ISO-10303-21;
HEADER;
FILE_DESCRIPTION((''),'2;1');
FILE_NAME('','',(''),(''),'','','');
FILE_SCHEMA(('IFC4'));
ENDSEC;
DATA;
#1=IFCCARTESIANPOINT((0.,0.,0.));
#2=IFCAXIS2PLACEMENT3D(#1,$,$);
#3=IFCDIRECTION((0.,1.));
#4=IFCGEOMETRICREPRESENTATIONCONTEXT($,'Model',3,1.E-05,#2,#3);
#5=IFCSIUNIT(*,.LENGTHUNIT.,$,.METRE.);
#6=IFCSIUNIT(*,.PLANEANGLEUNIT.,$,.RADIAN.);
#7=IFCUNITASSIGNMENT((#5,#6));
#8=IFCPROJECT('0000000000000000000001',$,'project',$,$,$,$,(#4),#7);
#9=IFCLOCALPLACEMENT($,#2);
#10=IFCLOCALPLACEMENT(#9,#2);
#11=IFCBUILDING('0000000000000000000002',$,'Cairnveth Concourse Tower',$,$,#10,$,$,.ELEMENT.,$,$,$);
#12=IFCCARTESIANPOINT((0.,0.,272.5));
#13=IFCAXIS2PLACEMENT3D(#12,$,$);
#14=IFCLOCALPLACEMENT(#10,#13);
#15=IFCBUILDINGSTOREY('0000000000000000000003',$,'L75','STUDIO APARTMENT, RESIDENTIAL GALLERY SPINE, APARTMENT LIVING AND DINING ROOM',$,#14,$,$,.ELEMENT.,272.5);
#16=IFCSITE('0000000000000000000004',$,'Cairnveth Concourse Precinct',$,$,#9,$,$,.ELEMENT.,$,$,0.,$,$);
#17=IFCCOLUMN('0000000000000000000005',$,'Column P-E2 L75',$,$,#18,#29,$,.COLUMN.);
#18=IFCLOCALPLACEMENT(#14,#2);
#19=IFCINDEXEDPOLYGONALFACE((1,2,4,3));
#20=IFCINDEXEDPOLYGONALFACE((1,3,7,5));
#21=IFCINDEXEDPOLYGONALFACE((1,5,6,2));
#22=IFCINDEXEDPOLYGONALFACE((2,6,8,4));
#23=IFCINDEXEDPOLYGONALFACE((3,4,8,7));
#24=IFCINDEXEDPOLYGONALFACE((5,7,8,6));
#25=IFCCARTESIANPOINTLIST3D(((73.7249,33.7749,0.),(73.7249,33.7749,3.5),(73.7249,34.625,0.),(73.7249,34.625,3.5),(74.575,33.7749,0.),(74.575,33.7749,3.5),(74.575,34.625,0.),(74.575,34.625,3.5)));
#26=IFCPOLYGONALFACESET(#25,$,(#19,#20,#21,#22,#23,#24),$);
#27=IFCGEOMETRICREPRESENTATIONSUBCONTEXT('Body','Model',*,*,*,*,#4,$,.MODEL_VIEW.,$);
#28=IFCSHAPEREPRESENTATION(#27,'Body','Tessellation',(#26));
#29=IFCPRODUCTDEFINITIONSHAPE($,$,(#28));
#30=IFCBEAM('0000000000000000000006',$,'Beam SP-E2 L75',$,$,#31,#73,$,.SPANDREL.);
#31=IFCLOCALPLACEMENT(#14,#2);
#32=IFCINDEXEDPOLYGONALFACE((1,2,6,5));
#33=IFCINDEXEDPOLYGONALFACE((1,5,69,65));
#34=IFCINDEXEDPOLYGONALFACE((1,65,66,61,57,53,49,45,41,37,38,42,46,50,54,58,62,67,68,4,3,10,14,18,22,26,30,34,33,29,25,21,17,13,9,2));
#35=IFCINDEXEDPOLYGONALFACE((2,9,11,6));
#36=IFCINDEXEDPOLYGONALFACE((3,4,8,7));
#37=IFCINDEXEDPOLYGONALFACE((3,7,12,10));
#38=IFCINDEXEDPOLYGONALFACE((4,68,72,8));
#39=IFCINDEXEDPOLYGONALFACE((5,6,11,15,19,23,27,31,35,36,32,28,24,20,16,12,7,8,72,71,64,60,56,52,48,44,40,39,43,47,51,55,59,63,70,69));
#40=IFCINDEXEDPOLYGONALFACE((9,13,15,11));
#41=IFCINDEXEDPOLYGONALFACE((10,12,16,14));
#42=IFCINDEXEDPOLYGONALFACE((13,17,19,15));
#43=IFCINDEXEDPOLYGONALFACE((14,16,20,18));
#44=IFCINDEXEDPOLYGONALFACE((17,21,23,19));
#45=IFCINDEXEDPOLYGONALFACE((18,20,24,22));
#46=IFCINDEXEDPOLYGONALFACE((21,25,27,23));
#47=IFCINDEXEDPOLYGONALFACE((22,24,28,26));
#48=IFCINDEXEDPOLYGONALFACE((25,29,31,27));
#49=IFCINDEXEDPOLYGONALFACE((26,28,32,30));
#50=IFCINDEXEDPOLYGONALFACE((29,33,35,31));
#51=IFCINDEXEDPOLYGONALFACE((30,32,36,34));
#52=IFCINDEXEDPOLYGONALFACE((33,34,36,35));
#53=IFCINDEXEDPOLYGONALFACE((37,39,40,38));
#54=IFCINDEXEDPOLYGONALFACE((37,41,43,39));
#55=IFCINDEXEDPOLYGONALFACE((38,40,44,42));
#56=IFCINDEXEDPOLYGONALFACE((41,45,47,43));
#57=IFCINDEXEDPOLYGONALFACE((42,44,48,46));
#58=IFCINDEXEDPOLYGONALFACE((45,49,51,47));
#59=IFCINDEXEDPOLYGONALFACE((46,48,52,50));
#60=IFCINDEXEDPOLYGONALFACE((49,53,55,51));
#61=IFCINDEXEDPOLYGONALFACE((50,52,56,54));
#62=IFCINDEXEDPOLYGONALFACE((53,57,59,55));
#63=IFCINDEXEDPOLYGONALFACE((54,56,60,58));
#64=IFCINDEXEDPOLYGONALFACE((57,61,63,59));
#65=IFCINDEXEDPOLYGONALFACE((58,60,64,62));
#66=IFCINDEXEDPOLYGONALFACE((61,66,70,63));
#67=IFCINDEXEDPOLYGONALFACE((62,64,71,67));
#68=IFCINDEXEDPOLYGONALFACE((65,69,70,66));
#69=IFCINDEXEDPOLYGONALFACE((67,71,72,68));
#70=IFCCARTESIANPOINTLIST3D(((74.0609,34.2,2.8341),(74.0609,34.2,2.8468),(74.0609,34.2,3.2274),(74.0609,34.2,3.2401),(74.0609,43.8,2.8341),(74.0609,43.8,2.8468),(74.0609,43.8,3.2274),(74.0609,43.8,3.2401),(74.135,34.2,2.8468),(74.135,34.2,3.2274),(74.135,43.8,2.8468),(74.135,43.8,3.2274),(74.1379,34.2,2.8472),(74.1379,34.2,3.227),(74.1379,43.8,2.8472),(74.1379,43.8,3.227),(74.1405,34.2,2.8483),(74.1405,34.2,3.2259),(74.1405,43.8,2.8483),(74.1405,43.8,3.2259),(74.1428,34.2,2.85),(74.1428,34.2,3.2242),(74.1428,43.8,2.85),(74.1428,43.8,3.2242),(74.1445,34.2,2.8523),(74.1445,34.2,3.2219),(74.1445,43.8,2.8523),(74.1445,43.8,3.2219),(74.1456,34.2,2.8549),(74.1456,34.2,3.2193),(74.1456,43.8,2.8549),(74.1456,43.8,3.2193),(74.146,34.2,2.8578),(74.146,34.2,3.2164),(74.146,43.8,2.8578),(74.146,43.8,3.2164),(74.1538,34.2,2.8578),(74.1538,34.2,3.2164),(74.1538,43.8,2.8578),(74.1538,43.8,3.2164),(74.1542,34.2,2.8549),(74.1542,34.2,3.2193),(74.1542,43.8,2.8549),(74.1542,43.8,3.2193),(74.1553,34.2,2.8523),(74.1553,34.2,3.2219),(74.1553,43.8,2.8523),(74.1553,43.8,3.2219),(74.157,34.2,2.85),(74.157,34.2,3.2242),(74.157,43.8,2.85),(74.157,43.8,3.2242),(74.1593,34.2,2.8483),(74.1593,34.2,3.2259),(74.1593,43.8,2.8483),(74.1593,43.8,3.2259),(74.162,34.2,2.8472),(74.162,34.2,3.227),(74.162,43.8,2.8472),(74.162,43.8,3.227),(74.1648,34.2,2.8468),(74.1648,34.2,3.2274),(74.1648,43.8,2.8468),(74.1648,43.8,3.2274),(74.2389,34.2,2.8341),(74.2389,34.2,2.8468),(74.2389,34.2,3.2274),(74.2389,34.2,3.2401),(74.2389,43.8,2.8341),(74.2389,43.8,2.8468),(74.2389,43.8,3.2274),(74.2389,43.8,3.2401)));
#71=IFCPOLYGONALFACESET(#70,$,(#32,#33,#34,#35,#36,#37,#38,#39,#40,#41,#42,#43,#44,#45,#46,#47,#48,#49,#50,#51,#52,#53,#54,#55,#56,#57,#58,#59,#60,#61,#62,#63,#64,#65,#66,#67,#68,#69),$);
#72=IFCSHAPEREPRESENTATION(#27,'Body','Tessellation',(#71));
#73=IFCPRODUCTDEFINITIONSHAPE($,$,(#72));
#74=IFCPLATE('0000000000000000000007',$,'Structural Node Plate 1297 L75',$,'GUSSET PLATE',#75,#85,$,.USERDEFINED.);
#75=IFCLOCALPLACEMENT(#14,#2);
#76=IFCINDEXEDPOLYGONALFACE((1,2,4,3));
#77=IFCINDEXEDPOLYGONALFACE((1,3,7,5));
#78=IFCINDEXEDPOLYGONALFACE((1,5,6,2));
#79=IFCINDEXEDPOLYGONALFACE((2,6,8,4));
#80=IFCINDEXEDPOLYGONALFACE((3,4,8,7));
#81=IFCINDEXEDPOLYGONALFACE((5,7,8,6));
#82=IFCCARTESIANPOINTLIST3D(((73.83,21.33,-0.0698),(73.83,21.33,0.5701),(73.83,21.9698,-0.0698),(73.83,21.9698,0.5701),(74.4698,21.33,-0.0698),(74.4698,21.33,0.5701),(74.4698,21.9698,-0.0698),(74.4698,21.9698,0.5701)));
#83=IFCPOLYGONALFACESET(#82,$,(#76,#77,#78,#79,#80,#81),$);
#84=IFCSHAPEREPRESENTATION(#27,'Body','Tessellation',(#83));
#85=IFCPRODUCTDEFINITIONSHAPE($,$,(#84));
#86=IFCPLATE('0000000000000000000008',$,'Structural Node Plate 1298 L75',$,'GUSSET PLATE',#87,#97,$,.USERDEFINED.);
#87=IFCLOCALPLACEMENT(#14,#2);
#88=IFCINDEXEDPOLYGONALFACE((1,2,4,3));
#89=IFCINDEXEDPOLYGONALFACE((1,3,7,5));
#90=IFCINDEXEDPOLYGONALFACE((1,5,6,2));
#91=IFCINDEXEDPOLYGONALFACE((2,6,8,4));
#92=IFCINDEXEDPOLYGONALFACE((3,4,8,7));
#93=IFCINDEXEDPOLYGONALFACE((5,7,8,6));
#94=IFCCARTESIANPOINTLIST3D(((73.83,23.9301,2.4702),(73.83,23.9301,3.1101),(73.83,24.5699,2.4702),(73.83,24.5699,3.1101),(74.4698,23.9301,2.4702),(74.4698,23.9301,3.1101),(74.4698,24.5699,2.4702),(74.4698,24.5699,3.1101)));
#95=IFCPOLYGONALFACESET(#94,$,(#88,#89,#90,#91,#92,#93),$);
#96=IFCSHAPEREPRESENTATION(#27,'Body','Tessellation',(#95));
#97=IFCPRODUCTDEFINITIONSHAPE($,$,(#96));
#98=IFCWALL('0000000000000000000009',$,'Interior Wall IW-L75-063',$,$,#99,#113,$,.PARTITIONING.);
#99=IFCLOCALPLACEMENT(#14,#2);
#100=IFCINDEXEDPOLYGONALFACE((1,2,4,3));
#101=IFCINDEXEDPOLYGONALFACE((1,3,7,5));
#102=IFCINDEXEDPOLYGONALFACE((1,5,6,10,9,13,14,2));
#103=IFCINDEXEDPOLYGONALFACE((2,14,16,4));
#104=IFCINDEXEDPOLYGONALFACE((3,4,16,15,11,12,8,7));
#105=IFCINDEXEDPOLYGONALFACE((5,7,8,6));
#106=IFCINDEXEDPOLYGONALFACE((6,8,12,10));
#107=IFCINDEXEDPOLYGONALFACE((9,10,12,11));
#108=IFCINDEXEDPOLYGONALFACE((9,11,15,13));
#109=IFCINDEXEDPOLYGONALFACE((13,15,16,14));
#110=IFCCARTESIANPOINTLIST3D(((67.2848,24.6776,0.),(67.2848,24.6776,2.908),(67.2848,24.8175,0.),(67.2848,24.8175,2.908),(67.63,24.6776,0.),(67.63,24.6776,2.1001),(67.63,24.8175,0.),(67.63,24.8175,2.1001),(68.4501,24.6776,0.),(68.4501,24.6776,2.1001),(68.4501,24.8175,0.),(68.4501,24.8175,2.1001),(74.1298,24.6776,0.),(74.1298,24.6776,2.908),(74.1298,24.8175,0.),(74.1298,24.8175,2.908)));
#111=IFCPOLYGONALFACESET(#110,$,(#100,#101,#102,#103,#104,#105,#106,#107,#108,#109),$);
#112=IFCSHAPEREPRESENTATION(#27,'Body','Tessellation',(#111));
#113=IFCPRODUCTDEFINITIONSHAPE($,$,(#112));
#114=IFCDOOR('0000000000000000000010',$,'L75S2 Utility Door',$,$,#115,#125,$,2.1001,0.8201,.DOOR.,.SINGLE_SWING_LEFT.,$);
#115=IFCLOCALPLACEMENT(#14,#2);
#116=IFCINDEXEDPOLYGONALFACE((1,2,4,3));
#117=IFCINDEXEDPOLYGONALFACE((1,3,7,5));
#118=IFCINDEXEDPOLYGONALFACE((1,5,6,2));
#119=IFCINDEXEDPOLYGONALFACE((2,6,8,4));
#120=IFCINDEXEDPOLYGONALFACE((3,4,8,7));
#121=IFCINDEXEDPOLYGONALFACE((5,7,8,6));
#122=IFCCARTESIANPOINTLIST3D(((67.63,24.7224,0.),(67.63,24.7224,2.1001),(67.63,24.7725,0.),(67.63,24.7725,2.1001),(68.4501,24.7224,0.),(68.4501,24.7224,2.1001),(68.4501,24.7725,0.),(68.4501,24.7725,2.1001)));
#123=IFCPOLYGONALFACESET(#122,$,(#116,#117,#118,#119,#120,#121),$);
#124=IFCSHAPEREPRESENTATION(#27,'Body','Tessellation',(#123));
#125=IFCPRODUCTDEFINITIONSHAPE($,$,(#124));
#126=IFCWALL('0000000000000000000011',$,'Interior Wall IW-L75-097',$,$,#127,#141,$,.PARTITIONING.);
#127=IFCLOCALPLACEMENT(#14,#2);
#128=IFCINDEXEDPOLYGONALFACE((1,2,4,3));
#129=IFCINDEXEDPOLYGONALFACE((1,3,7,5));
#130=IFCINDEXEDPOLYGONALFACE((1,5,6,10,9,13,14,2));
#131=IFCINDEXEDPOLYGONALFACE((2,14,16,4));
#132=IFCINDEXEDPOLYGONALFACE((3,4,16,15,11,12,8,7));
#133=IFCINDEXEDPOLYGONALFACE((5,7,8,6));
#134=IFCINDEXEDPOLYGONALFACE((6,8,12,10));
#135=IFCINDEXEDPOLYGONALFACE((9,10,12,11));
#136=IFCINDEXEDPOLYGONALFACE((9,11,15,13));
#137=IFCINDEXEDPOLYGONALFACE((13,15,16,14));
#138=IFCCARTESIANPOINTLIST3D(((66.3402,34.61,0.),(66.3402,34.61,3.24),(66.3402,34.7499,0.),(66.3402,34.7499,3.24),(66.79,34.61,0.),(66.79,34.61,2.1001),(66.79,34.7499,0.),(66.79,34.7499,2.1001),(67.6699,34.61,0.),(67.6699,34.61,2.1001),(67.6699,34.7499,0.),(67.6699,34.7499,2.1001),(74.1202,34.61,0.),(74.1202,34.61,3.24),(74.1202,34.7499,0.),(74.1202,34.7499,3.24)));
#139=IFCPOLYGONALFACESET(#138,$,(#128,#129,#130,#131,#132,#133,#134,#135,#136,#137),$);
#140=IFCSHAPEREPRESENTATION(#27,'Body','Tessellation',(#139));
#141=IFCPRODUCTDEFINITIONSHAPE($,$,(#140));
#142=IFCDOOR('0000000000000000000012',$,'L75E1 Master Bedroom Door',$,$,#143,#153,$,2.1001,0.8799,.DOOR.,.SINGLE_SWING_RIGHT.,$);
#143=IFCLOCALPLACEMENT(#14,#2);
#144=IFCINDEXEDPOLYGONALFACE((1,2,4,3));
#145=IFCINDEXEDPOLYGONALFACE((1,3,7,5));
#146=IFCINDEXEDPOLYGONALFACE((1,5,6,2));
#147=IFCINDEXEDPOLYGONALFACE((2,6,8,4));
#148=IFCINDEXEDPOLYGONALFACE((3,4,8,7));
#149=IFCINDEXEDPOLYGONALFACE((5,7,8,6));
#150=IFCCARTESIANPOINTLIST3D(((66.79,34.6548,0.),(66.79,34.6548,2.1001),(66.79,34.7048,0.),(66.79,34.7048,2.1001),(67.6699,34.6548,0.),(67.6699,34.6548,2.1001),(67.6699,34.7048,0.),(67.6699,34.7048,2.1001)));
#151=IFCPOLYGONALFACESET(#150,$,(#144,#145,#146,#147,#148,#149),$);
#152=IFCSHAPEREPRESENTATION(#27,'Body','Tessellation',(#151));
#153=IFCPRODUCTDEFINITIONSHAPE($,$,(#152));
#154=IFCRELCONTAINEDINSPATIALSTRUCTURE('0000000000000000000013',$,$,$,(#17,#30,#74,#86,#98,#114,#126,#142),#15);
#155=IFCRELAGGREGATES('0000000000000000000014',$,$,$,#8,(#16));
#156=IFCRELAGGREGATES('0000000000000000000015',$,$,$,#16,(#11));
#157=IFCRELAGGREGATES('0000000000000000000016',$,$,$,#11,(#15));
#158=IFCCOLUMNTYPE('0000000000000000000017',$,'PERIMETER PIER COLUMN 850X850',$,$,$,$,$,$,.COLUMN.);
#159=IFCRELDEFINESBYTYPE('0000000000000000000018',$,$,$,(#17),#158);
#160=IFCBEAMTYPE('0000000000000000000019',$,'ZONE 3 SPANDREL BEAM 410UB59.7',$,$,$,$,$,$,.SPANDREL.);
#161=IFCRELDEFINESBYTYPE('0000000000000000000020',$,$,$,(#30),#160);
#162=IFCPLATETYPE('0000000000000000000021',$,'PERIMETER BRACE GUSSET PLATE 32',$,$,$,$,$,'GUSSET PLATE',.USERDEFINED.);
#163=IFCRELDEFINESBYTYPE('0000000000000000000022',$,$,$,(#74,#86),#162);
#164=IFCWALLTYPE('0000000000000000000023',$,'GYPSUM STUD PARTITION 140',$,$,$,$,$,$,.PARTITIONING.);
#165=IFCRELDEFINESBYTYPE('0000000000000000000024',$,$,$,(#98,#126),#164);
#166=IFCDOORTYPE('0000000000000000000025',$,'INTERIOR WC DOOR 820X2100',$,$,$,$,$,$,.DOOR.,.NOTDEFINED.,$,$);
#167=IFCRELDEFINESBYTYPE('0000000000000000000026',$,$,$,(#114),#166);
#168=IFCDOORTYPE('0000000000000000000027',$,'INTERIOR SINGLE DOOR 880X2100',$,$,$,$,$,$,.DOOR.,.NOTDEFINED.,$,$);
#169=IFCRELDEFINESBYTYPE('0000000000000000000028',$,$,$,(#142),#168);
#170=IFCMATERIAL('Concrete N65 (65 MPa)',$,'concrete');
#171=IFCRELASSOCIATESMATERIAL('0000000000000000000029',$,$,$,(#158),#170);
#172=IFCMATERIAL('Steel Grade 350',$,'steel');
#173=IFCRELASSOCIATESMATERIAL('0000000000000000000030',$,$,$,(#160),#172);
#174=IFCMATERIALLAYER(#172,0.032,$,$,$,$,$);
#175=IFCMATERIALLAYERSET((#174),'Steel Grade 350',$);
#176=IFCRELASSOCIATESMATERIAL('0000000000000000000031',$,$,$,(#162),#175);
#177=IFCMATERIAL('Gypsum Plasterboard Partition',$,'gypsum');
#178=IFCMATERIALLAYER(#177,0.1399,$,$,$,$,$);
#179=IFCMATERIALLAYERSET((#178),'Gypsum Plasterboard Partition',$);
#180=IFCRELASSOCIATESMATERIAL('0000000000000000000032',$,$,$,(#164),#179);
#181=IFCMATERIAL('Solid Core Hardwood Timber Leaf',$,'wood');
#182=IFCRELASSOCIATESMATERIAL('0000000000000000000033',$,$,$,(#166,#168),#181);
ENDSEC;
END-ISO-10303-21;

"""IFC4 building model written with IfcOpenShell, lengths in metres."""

from ifc_helpers import new_model, si_unit, direction, frame, frame_2d, origin, origin_2d, place, context, subcontext, project, spatial, rectangle, i_section, extrude, material, layer, layer_set, material_profile, profile_set, type_object, element, fill, save


model = new_model("IFC4")

# Units and contexts
model_context = context("Model", 3, precision=1e-05, world=origin(), true_north=direction((0.0, 1.0)))
body_context = subcontext(model_context, "Body", "Model", "MODEL_VIEW")
ifc_project = project(units=[si_unit("LENGTHUNIT", "METRE"), si_unit("PLANEANGLEUNIT", "RADIAN")], contexts=[model_context])

# Site, building, storey
site_placement = place(None, origin())
site = spatial("IfcSite", under=ifc_project, at=site_placement, Name="Cairnveth Concourse Precinct", CompositionType="ELEMENT", RefElevation=0.0)
building_placement = place(site_placement, origin())
building = spatial("IfcBuilding", under=site, at=building_placement, Name="Cairnveth Concourse Tower", CompositionType="ELEMENT")
storey_placement = place(building_placement, frame((0.0, 0.0, 272.5)))
storey = spatial("IfcBuildingStorey", under=building, at=storey_placement, Name="L75", Description="STUDIO APARTMENT, RESIDENTIAL GALLERY SPINE, APARTMENT LIVING AND DINING ROOM", CompositionType="ELEMENT", Elevation=272.5)

# Column
ifc_material_1 = material(Name="Concrete N65 (65 MPa)", Category="concrete")
ifc_material_profile_1 = material_profile(ifc_material_1, rectangle(XDim=0.8501, YDim=0.8501, at=origin_2d()), Name="RC-COL-850x850")
ifc_profile_set_1 = profile_set([ifc_material_profile_1], Name="Concrete N65 (65 MPa)")
column_type = type_object("IfcColumnType", Name="PERIMETER PIER COLUMN 850X850", PredefinedType="COLUMN", material=ifc_profile_set_1)
column_placement = place(storey_placement, frame((74.1499, 34.2, 0.0), z_axis=(0.0, 0.0, 1.0), x_axis=(0.0, 1.0, 0.0)))
element("IfcColumn", 1, at=column_placement, inside=storey, type_object=column_type, Name="Column P-E2 L75", PredefinedType="COLUMN", context=body_context, shape_type="SweptSolid", body=[
    extrude(rectangle(XDim=0.8501, YDim=0.8501, at=origin_2d()), origin(), (0.0, 0.0, 1.0), 3.5),
])

# Beam
ifc_material_2 = material(Name="Steel Grade 350", Category="steel")
ifc_material_profile_2 = material_profile(ifc_material_2, i_section(OverallWidth=0.178, OverallDepth=0.406, WebThickness=0.0078, FlangeThickness=0.0127, FilletRadius=0.011, at=origin_2d()), Name="410UB59.7")
ifc_profile_set_2 = profile_set([ifc_material_profile_2], Name="Steel Grade 350")
beam_type = type_object("IfcBeamType", Name="ZONE 3 SPANDREL BEAM 410UB59.7", PredefinedType="SPANDREL", material=ifc_profile_set_2)
beam_placement = place(storey_placement, frame((74.1499, 34.2, 3.0371), z_axis=(0.0, 1.0, 0.0), x_axis=(-1.0, 0.0, 0.0)))
element("IfcBeam", 2, at=beam_placement, inside=storey, type_object=beam_type, Name="Beam SP-E2 L75", PredefinedType="SPANDREL", context=body_context, shape_type="SweptSolid", body=[
    extrude(i_section(OverallWidth=0.178, OverallDepth=0.406, WebThickness=0.0078, FlangeThickness=0.0127, FilletRadius=0.011, at=origin_2d()), origin(), (0.0, 0.0, 1.0), 9.6001),
])

# Plates
ifc_layer_1 = layer(ifc_material_2, 0.032)
ifc_layer_set_1 = layer_set([ifc_layer_1], Name="Steel Grade 350")
plate_type = type_object("IfcPlateType", Name="PERIMETER BRACE GUSSET PLATE 32", ElementType="GUSSET PLATE", PredefinedType="USERDEFINED", material=ifc_layer_set_1)
for number, where, z_axis, x_axis, name in (
    (3, (74.1499, 21.6499, -0.0698), (0.0, 0.0, 1.0), (1.0, 0.0, 0.0), "Structural Node Plate 1297 L75"),
    (4, (74.1499, 24.25, 2.4702), (0.0, 0.0, 1.0), (1.0, 0.0, 0.0), "Structural Node Plate 1298 L75"),
):
    element("IfcPlate", number, at=place(storey_placement, frame(where, z_axis=z_axis, x_axis=x_axis)), inside=storey, type_object=plate_type, Name=name, ObjectType="GUSSET PLATE", PredefinedType="USERDEFINED", context=body_context, shape_type="SweptSolid", body=[
        extrude(rectangle(XDim=0.6399, YDim=0.6399, at=origin_2d()), origin(), (0.0, 0.0, 1.0), 0.6399),
    ])

# Walls, openings, doors
ifc_material_3 = material(Name="Gypsum Plasterboard Partition", Category="gypsum")
ifc_layer_2 = layer(ifc_material_3, 0.1399)
ifc_layer_set_2 = layer_set([ifc_layer_2], Name="Gypsum Plasterboard Partition")
wall_type_1 = type_object("IfcWallType", Name="GYPSUM STUD PARTITION 140", PredefinedType="PARTITIONING", material=ifc_layer_set_2)
wall_1_placement = place(storey_placement, frame((67.2849, 24.7476, 0.0), z_axis=(0.0, 0.0, 1.0), x_axis=(1.0, 0.0, 0.0)))
wall_1 = element("IfcWall", 5, at=wall_1_placement, inside=storey, type_object=wall_type_1, Name="Interior Wall IW-L75-063", PredefinedType="PARTITIONING", context=body_context, shape_type="SweptSolid", body=[
    extrude(rectangle(XDim=6.845, YDim=0.1399, at=frame_2d((3.4224, 0.0))), origin(), (0.0, 0.0, 1.0), 2.908),
])
opening_1_placement = place(wall_1_placement, frame((0.345, 0.0, 0.0)))
opening_1 = element("IfcOpeningElement", 6, at=opening_1_placement, cuts=wall_1, PredefinedType="OPENING", context=body_context, shape_type="SweptSolid", body=[
    extrude(rectangle(XDim=0.8201, YDim=2.1001, at=frame_2d((0.4102, 1.05))), frame((0.0, 0.0798, 0.0), z_axis=(0.0, -1.0, 0.0), x_axis=(1.0, 0.0, 0.0)), (0.0, 0.0, 1.0), 0.1599),
])
ifc_material_4 = material(Name="Solid Core Hardwood Timber Leaf", Category="wood")
door_type_1 = type_object("IfcDoorType", Name="INTERIOR WC DOOR 820X2100", OperationType="NOTDEFINED", PredefinedType="DOOR", material=ifc_material_4)
door_1_placement = place(opening_1_placement, origin())
door_1 = element("IfcDoor", 7, at=door_1_placement, inside=storey, type_object=door_type_1, Name="L75S2 Utility Door", OperationType="SINGLE_SWING_LEFT", OverallHeight=2.1001, OverallWidth=0.8201, PredefinedType="DOOR", context=body_context, shape_type="SweptSolid", body=[
    extrude(rectangle(XDim=0.8201, YDim=2.1001, at=frame_2d((0.4102, 1.05))), frame((0.0, 0.0249, 0.0), z_axis=(0.0, -1.0, 0.0), x_axis=(1.0, 0.0, 0.0)), (0.0, 0.0, 1.0), 0.05),
])
fill(opening_1, door_1)
wall_2_placement = place(storey_placement, frame((66.3401, 34.6799, 0.0), z_axis=(0.0, 0.0, 1.0), x_axis=(1.0, 0.0, 0.0)))
wall_2 = element("IfcWall", 8, at=wall_2_placement, inside=storey, type_object=wall_type_1, Name="Interior Wall IW-L75-097", PredefinedType="PARTITIONING", context=body_context, shape_type="SweptSolid", body=[
    extrude(rectangle(XDim=7.78, YDim=0.1399, at=frame_2d((3.8901, 0.0))), origin(), (0.0, 0.0, 1.0), 3.24),
])
opening_2_placement = place(wall_2_placement, frame((0.45, 0.0, 0.0)))
opening_2 = element("IfcOpeningElement", 9, at=opening_2_placement, cuts=wall_2, PredefinedType="OPENING", context=body_context, shape_type="SweptSolid", body=[
    extrude(rectangle(XDim=0.8799, YDim=2.1001, at=frame_2d((0.4399, 1.05))), frame((0.0, 0.0798, 0.0), z_axis=(0.0, -1.0, 0.0), x_axis=(1.0, 0.0, 0.0)), (0.0, 0.0, 1.0), 0.1599),
])
door_type_2 = type_object("IfcDoorType", Name="INTERIOR SINGLE DOOR 880X2100", OperationType="NOTDEFINED", PredefinedType="DOOR", material=ifc_material_4)
door_2_placement = place(opening_2_placement, origin())
door_2 = element("IfcDoor", 10, at=door_2_placement, inside=storey, type_object=door_type_2, Name="L75E1 Master Bedroom Door", OperationType="SINGLE_SWING_RIGHT", OverallHeight=2.1001, OverallWidth=0.8799, PredefinedType="DOOR", context=body_context, shape_type="SweptSolid", body=[
    extrude(rectangle(XDim=0.8799, YDim=2.1001, at=frame_2d((0.4399, 1.05))), frame((0.0, 0.0249, 0.0), z_axis=(0.0, -1.0, 0.0), x_axis=(1.0, 0.0, 0.0)), (0.0, 0.0, 1.0), 0.05),
])
fill(opening_2, door_2)

save(model, "model.ifc")
